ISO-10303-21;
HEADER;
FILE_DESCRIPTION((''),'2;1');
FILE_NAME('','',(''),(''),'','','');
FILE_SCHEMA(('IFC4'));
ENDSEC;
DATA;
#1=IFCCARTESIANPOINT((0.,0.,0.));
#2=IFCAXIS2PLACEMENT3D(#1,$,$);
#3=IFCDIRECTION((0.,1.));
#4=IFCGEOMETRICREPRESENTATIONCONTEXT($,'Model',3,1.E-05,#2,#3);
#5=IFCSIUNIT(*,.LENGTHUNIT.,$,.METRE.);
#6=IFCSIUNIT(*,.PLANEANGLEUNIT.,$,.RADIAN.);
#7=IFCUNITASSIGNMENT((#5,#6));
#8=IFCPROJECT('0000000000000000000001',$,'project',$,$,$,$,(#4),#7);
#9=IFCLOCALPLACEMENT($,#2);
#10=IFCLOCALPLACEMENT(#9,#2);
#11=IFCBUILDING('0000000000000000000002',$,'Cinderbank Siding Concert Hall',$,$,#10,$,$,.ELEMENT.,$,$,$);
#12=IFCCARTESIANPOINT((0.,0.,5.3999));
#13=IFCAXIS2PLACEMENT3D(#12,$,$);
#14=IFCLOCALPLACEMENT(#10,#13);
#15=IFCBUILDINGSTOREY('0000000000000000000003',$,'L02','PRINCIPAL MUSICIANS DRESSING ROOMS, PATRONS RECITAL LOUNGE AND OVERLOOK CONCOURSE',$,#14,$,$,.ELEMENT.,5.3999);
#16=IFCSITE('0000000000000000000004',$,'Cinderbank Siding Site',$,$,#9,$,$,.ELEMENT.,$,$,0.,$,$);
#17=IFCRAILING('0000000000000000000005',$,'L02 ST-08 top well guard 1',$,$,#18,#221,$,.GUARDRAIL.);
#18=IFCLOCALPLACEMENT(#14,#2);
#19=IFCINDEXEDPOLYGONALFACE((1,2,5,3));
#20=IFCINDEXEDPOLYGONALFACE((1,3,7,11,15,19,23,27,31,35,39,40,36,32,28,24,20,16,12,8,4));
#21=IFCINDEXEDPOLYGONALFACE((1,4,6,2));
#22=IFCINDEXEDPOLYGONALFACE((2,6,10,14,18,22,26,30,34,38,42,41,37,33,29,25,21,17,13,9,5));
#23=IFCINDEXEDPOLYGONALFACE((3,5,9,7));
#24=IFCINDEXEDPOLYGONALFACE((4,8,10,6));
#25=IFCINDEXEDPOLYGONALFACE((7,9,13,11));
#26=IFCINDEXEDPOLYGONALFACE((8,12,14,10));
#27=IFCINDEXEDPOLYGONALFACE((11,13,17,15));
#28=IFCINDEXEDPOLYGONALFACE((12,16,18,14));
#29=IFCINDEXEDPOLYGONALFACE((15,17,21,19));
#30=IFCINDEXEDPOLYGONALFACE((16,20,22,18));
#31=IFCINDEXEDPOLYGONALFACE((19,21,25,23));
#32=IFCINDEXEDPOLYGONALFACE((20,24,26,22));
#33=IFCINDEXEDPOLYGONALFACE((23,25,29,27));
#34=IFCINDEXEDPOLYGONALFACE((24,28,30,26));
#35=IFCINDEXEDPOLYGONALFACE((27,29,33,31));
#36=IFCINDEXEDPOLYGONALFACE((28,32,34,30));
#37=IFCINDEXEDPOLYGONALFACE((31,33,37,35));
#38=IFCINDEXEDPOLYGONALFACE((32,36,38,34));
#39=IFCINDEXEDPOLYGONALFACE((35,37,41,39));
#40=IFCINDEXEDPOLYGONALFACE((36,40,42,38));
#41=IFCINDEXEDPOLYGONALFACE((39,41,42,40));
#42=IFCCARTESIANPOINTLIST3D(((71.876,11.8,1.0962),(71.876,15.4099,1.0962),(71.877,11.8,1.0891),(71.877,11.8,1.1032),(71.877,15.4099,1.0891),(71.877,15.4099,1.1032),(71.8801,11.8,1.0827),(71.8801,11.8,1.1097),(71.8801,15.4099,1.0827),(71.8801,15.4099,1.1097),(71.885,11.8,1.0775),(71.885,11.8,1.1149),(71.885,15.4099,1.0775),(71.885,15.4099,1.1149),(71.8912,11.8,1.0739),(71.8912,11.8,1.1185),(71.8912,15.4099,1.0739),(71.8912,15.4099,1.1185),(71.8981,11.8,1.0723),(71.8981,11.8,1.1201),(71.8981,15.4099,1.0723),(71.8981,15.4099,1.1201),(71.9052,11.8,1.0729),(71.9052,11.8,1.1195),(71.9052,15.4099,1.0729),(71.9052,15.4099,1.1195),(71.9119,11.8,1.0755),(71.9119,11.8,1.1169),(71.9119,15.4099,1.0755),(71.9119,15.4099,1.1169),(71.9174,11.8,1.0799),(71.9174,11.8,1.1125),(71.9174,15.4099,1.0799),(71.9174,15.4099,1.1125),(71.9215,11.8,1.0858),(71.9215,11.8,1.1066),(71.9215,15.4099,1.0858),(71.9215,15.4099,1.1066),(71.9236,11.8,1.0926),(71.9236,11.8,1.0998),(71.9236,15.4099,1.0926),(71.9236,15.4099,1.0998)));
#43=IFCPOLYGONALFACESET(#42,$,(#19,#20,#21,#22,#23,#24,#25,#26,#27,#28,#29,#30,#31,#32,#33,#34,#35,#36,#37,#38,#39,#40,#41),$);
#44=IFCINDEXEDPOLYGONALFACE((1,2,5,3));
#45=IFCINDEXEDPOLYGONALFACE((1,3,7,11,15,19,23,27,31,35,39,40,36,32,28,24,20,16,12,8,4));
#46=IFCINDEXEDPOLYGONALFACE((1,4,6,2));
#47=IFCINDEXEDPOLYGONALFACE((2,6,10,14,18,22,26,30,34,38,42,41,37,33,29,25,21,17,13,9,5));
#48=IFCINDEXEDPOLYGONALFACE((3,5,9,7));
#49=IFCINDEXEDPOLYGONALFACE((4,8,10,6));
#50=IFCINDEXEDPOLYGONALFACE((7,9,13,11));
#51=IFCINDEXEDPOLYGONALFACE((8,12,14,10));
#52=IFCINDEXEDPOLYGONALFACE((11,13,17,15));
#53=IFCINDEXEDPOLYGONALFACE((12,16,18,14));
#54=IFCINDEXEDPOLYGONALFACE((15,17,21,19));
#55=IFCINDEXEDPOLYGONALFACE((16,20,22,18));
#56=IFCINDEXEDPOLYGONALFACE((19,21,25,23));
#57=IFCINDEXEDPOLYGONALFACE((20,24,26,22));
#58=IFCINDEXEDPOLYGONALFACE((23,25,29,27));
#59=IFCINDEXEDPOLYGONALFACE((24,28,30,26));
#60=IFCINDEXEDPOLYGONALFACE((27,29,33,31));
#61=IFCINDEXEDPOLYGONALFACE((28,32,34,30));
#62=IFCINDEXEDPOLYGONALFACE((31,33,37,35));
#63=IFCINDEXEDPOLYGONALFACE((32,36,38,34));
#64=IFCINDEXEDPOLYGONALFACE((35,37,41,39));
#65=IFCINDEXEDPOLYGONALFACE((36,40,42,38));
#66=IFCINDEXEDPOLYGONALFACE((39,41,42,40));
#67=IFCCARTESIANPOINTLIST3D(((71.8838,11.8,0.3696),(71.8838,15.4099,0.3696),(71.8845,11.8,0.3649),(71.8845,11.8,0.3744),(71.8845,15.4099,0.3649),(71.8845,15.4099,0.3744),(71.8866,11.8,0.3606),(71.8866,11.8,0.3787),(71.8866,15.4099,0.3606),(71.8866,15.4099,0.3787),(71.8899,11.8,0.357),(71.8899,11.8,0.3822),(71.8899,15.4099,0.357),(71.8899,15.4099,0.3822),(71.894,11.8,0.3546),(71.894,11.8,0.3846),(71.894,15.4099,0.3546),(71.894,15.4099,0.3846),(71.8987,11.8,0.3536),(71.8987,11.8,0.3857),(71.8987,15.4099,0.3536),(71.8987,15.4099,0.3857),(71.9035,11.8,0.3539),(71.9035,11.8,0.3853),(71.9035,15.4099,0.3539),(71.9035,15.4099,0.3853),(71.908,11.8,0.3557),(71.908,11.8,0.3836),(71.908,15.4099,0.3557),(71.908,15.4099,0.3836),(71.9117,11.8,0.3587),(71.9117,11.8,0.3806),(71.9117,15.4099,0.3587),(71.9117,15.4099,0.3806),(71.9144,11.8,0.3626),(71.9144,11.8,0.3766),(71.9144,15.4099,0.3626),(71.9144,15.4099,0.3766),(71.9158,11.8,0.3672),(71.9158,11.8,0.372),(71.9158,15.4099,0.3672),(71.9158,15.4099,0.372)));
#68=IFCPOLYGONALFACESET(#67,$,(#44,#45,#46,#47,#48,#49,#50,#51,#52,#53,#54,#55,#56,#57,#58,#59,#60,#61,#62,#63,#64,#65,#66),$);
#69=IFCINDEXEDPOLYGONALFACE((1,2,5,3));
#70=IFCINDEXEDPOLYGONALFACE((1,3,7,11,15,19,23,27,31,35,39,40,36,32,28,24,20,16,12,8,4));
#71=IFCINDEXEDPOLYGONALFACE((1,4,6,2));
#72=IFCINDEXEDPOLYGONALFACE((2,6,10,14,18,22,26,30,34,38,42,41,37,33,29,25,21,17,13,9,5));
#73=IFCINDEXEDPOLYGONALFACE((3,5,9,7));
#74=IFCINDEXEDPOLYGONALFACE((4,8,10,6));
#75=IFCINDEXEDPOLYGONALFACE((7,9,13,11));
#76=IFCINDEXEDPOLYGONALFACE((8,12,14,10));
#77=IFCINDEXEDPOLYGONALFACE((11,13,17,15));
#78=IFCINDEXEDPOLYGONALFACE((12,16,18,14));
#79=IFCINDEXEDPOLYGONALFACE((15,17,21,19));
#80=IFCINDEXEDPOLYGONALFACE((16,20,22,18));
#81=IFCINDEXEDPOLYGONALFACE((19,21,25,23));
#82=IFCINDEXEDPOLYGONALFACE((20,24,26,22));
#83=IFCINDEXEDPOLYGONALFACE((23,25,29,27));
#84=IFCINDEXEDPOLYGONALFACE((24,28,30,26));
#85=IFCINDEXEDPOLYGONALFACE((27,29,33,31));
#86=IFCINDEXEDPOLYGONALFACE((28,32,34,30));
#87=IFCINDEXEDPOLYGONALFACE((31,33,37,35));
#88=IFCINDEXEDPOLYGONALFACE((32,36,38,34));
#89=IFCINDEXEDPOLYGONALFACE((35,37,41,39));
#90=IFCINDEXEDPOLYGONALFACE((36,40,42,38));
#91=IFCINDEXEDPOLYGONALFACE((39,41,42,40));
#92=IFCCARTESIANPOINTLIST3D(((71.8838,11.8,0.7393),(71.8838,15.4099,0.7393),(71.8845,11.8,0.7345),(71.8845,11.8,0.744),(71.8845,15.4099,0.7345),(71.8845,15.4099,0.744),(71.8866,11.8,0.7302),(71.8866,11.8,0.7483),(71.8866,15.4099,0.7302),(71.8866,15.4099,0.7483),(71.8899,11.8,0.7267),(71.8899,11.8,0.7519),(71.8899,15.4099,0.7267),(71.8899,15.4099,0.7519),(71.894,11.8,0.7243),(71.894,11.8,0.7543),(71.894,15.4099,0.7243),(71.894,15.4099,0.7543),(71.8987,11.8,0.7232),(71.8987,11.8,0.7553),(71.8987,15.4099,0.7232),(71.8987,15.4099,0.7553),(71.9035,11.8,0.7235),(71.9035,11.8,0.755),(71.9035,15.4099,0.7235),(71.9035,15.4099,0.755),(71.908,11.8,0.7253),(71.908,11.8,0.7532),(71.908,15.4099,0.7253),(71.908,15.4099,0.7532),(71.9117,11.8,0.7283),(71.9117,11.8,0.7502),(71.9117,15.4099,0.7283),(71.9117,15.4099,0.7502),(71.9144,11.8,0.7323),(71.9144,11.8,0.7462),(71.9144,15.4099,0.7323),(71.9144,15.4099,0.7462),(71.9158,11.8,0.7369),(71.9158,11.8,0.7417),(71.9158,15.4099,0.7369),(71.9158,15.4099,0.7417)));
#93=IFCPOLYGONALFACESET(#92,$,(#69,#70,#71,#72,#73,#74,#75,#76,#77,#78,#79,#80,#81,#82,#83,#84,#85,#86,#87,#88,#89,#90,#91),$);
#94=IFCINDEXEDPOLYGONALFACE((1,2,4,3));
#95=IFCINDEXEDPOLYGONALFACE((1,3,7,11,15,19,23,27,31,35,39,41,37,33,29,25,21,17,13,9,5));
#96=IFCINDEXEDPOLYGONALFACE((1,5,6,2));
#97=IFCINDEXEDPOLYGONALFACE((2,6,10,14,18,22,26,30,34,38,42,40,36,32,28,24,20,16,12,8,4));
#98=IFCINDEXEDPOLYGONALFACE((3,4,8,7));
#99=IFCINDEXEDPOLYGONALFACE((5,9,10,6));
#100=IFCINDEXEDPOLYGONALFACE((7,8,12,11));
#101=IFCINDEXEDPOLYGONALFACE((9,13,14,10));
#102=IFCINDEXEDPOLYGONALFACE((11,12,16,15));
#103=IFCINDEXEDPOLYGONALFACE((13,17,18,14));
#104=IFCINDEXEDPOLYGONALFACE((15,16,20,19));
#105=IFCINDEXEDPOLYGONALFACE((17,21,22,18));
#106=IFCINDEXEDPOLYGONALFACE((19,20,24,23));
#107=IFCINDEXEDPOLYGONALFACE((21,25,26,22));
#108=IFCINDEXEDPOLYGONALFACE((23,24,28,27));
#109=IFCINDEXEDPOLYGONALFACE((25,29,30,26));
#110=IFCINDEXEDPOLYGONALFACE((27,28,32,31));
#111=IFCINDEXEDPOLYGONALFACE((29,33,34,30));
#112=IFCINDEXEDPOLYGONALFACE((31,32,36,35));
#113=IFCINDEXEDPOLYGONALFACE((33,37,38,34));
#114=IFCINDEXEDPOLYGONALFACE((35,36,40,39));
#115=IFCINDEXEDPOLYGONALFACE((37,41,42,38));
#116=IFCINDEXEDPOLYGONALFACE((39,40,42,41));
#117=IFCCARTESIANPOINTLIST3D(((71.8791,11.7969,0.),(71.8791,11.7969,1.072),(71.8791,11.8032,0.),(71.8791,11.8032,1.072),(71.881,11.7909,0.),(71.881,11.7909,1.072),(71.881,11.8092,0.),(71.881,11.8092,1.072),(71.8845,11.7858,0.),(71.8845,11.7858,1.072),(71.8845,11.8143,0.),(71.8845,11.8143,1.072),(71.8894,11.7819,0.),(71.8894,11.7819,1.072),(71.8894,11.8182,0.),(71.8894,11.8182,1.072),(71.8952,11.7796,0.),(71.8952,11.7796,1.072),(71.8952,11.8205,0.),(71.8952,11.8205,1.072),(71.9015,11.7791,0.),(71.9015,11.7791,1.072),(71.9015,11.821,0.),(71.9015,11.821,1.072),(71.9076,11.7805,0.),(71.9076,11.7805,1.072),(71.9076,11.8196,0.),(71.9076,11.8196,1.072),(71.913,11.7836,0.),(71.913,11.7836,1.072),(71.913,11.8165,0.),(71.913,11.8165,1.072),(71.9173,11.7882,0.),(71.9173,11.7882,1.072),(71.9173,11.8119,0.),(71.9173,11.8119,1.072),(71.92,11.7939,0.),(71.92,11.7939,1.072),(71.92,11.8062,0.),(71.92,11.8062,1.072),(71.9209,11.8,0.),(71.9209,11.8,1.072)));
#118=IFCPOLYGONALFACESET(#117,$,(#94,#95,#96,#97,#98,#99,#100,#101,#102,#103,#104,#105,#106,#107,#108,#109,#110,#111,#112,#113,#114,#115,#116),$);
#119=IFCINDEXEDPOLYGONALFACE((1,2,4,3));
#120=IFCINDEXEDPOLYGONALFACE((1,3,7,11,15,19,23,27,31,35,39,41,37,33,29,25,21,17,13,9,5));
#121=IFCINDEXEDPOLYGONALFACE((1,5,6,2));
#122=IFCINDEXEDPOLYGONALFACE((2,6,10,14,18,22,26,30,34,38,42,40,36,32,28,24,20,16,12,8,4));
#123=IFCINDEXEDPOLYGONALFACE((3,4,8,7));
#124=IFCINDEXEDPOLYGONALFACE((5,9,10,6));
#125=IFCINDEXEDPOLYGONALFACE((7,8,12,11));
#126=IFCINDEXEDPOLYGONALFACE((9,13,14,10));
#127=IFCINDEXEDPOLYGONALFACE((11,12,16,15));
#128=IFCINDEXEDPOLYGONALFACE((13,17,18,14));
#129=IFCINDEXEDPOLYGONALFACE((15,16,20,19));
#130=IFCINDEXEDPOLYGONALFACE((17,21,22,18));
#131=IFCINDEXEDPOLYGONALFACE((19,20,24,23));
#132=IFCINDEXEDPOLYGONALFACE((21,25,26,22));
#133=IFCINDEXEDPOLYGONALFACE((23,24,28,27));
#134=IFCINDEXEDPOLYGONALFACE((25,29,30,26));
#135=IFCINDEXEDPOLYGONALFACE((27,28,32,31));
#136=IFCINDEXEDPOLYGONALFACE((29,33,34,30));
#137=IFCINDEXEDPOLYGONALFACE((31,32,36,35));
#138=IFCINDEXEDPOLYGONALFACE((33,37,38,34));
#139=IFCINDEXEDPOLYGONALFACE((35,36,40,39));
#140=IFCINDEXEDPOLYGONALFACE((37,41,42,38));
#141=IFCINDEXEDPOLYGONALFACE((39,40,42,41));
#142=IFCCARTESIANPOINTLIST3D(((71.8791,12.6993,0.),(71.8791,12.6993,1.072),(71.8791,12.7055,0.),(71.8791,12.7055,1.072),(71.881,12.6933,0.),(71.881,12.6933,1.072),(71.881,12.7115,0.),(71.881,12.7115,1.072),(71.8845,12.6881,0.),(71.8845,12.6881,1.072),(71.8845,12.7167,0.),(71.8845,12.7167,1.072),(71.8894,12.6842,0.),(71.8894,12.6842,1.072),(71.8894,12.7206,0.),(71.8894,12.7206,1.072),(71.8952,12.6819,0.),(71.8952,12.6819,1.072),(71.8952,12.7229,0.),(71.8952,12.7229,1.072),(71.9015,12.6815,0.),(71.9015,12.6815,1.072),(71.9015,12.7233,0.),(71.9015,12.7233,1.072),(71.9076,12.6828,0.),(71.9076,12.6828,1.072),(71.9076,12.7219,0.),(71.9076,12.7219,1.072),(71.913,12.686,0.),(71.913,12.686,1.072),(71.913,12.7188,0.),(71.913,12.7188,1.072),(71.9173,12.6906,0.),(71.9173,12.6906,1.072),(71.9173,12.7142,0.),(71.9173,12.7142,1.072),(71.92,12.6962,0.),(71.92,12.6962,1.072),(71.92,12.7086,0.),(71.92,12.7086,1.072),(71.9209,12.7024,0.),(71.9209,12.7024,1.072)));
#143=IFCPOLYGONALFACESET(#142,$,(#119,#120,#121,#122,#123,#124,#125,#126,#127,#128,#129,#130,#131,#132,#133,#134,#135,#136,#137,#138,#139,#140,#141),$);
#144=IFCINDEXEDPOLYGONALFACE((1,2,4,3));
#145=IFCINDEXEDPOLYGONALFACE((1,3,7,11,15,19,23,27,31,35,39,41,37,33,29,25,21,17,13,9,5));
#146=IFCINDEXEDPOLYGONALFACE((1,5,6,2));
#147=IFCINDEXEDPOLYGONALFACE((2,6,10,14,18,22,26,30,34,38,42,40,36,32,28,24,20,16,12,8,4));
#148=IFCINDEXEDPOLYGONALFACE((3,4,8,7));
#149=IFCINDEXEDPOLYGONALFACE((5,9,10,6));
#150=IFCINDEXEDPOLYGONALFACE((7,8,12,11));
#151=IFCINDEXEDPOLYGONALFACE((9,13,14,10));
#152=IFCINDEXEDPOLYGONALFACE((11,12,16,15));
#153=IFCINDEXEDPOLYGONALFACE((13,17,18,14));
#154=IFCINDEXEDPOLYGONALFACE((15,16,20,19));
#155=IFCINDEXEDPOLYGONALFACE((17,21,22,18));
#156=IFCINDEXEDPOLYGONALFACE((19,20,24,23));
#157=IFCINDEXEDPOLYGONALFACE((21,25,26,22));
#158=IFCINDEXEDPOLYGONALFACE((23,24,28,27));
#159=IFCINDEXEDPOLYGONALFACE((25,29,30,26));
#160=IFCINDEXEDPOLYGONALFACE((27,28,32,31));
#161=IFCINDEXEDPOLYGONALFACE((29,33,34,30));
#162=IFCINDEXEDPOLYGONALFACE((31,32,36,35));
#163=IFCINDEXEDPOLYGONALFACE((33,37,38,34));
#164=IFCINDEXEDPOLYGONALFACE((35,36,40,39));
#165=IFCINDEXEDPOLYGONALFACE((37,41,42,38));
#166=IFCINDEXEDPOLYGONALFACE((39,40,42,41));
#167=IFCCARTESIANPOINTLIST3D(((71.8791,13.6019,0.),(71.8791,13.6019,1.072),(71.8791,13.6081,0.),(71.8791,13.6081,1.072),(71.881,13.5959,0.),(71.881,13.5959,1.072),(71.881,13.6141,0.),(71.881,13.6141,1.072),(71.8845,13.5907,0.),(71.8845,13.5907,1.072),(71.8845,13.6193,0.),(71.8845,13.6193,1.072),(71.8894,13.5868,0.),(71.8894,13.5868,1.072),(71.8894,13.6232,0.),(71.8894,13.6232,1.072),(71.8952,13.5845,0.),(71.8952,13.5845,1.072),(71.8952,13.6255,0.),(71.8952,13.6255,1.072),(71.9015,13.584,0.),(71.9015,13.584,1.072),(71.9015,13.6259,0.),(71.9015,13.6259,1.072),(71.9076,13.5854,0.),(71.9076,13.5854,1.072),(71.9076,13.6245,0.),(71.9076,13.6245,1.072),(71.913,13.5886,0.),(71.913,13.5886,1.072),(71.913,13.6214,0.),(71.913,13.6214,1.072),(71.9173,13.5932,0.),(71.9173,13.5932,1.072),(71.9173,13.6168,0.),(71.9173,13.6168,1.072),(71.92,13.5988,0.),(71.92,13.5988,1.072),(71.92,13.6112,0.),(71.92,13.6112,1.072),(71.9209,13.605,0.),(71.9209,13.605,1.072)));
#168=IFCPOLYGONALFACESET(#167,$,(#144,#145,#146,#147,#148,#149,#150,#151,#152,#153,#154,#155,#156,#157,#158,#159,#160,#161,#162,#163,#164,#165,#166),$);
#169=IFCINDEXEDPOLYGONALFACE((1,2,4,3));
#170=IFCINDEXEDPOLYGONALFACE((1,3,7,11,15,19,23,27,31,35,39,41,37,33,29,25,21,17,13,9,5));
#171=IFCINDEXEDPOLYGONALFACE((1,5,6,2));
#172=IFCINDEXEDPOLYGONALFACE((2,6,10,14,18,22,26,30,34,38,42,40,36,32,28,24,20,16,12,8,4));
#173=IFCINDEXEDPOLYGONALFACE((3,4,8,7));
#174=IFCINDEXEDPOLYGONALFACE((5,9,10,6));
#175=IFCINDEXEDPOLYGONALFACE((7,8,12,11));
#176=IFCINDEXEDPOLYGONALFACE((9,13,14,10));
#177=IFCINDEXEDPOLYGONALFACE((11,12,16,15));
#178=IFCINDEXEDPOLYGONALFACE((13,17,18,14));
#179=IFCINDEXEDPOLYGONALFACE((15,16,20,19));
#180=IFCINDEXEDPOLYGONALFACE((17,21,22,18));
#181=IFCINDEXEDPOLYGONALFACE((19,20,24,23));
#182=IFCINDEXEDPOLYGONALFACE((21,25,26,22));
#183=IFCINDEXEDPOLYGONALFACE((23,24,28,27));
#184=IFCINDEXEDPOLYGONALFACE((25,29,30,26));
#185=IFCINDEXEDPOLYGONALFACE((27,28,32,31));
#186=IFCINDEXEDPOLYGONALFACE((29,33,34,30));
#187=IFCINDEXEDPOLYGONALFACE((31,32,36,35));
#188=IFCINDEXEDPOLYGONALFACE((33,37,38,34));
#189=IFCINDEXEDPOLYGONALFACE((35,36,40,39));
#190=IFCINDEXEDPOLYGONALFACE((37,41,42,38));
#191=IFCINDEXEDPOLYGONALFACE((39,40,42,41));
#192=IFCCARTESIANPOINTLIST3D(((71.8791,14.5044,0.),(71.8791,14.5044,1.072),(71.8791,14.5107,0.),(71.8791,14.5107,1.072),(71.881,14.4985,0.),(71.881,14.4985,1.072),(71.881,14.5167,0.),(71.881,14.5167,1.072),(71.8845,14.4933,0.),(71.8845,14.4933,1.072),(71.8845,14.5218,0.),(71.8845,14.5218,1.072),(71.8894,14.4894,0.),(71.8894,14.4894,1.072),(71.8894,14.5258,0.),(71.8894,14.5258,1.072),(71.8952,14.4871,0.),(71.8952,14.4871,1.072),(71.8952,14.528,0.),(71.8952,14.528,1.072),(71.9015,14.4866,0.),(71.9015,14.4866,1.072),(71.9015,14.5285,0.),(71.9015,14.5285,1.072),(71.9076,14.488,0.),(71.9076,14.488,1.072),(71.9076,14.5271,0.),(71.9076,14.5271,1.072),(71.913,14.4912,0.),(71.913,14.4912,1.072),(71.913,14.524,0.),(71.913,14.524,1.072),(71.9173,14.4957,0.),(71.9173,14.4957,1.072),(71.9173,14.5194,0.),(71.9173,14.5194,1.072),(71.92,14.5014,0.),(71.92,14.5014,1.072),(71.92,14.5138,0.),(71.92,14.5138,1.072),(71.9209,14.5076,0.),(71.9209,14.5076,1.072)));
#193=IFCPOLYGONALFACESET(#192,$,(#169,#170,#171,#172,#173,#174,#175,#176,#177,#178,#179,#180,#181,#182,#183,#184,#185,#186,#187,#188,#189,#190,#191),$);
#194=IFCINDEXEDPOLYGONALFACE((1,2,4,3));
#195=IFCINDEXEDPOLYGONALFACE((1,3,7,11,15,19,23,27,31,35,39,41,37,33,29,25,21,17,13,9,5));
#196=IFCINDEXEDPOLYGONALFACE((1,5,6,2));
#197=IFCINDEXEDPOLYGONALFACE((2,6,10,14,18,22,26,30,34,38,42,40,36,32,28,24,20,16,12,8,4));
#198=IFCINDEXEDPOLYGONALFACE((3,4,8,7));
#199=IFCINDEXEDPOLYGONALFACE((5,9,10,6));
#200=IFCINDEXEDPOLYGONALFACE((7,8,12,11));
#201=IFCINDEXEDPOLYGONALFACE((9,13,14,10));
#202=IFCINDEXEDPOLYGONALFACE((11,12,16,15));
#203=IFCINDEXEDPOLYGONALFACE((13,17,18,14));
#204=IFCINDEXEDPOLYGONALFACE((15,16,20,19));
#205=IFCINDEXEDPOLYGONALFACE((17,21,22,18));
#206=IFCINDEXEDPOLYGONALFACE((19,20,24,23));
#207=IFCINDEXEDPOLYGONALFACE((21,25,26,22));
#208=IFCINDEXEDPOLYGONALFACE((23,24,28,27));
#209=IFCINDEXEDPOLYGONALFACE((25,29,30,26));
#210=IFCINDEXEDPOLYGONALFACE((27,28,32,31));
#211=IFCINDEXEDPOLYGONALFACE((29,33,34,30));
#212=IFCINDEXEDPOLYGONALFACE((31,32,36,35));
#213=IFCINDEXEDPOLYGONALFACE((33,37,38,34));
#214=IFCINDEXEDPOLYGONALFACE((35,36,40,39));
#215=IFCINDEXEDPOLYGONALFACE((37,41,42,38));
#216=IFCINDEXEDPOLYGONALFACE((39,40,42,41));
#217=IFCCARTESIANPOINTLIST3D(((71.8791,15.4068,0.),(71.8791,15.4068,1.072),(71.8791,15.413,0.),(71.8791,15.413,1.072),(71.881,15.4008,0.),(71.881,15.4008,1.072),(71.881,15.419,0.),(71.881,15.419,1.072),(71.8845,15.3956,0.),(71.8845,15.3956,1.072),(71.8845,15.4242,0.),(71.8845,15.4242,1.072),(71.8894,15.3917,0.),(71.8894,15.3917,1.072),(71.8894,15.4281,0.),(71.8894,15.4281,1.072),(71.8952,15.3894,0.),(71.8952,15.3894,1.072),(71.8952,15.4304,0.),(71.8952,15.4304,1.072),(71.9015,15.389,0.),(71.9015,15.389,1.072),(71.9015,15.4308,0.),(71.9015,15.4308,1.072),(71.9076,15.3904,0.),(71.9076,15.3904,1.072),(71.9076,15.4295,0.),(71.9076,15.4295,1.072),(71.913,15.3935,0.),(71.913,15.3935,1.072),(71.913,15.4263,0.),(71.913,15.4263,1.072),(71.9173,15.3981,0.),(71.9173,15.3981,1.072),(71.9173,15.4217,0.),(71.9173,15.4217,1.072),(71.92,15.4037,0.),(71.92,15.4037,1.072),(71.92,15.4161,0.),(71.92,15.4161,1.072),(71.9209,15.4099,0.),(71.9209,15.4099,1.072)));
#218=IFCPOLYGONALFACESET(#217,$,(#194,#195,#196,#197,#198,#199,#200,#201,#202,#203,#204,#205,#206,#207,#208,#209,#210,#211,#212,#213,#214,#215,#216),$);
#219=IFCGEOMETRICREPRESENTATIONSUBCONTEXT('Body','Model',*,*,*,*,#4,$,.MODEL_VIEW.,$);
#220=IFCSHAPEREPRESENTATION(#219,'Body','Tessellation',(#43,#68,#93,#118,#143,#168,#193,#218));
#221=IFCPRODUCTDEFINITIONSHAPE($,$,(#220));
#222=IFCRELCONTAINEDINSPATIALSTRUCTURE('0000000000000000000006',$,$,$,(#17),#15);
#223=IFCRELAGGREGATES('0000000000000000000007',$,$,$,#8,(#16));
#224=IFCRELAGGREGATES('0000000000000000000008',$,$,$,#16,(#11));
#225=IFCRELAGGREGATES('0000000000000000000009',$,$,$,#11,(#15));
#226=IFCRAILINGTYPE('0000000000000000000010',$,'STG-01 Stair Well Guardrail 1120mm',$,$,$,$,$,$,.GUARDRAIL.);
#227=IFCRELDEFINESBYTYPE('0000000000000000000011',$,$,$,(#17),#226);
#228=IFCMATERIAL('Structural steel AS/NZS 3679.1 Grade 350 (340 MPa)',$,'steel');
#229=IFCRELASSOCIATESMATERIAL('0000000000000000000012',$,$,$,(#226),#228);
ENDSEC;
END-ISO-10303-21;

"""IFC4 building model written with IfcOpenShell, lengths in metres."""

from ifc_helpers import new_model, si_unit, direction, frame, origin, origin_2d, place, context, subcontext, project, spatial, circle, extrude, material, type_object, element, save


model = new_model("IFC4")

# Units and contexts
model_context = context("Model", 3, precision=1e-05, world=origin(), true_north=direction((0.0, 1.0)))
body_context = subcontext(model_context, "Body", "Model", "MODEL_VIEW")
ifc_project = project(units=[si_unit("LENGTHUNIT", "METRE"), si_unit("PLANEANGLEUNIT", "RADIAN")], contexts=[model_context])

# Site, building, storey
site_placement = place(None, origin())
site = spatial("IfcSite", under=ifc_project, at=site_placement, Name="Cinderbank Siding Site", CompositionType="ELEMENT", RefElevation=0.0)
building_placement = place(site_placement, origin())
building = spatial("IfcBuilding", under=site, at=building_placement, Name="Cinderbank Siding Concert Hall", CompositionType="ELEMENT")
storey_placement = place(building_placement, frame((0.0, 0.0, 5.3999)))
storey = spatial("IfcBuildingStorey", under=building, at=storey_placement, Name="L02", Description="PRINCIPAL MUSICIANS DRESSING ROOMS, PATRONS RECITAL LOUNGE AND OVERLOOK CONCOURSE", CompositionType="ELEMENT", Elevation=5.3999)

# Railing
ifc_material_1 = material(Name="Structural steel AS/NZS 3679.1 Grade 350 (340 MPa)", Category="steel")
railing_type = type_object("IfcRailingType", Name="STG-01 Stair Well Guardrail 1120mm", PredefinedType="GUARDRAIL", material=ifc_material_1)
railing_placement = place(storey_placement, frame((71.8999, 11.8, 0.0)))
element("IfcRailing", 1, at=railing_placement, inside=storey, type_object=railing_type, Name="L02 ST-08 top well guard 1", PredefinedType="GUARDRAIL", context=body_context, shape_type="SweptSolid", body=[
    extrude(circle(Radius=0.0239, at=origin_2d()), frame((0.0, 0.0, 1.0962), z_axis=(0.0, 1.0, 0.0), x_axis=(-1.0, 0.0, 0.0)), (0.0, 0.0, 1.0), 3.6099),
    extrude(circle(Radius=0.0161, at=origin_2d()), frame((0.0, 0.0, 0.3696), z_axis=(0.0, 1.0, 0.0), x_axis=(-1.0, 0.0, 0.0)), (0.0, 0.0, 1.0), 3.6099),
    extrude(circle(Radius=0.0161, at=origin_2d()), frame((0.0, 0.0, 0.7393), z_axis=(0.0, 1.0, 0.0), x_axis=(-1.0, 0.0, 0.0)), (0.0, 0.0, 1.0), 3.6099),
    extrude(circle(Radius=0.021, at=origin_2d()), origin(), (0.0, 0.0, 1.0), 1.072),
    extrude(circle(Radius=0.021, at=origin_2d()), frame((0.0, 0.9023, 0.0)), (0.0, 0.0, 1.0), 1.072),
    extrude(circle(Radius=0.021, at=origin_2d()), frame((0.0, 1.8049, 0.0)), (0.0, 0.0, 1.0), 1.072),
    extrude(circle(Radius=0.021, at=origin_2d()), frame((0.0, 2.7075, 0.0)), (0.0, 0.0, 1.0), 1.072),
    extrude(circle(Radius=0.021, at=origin_2d()), frame((0.0, 3.6099, 0.0)), (0.0, 0.0, 1.0), 1.072),
])

save(model, "model.ifc")
